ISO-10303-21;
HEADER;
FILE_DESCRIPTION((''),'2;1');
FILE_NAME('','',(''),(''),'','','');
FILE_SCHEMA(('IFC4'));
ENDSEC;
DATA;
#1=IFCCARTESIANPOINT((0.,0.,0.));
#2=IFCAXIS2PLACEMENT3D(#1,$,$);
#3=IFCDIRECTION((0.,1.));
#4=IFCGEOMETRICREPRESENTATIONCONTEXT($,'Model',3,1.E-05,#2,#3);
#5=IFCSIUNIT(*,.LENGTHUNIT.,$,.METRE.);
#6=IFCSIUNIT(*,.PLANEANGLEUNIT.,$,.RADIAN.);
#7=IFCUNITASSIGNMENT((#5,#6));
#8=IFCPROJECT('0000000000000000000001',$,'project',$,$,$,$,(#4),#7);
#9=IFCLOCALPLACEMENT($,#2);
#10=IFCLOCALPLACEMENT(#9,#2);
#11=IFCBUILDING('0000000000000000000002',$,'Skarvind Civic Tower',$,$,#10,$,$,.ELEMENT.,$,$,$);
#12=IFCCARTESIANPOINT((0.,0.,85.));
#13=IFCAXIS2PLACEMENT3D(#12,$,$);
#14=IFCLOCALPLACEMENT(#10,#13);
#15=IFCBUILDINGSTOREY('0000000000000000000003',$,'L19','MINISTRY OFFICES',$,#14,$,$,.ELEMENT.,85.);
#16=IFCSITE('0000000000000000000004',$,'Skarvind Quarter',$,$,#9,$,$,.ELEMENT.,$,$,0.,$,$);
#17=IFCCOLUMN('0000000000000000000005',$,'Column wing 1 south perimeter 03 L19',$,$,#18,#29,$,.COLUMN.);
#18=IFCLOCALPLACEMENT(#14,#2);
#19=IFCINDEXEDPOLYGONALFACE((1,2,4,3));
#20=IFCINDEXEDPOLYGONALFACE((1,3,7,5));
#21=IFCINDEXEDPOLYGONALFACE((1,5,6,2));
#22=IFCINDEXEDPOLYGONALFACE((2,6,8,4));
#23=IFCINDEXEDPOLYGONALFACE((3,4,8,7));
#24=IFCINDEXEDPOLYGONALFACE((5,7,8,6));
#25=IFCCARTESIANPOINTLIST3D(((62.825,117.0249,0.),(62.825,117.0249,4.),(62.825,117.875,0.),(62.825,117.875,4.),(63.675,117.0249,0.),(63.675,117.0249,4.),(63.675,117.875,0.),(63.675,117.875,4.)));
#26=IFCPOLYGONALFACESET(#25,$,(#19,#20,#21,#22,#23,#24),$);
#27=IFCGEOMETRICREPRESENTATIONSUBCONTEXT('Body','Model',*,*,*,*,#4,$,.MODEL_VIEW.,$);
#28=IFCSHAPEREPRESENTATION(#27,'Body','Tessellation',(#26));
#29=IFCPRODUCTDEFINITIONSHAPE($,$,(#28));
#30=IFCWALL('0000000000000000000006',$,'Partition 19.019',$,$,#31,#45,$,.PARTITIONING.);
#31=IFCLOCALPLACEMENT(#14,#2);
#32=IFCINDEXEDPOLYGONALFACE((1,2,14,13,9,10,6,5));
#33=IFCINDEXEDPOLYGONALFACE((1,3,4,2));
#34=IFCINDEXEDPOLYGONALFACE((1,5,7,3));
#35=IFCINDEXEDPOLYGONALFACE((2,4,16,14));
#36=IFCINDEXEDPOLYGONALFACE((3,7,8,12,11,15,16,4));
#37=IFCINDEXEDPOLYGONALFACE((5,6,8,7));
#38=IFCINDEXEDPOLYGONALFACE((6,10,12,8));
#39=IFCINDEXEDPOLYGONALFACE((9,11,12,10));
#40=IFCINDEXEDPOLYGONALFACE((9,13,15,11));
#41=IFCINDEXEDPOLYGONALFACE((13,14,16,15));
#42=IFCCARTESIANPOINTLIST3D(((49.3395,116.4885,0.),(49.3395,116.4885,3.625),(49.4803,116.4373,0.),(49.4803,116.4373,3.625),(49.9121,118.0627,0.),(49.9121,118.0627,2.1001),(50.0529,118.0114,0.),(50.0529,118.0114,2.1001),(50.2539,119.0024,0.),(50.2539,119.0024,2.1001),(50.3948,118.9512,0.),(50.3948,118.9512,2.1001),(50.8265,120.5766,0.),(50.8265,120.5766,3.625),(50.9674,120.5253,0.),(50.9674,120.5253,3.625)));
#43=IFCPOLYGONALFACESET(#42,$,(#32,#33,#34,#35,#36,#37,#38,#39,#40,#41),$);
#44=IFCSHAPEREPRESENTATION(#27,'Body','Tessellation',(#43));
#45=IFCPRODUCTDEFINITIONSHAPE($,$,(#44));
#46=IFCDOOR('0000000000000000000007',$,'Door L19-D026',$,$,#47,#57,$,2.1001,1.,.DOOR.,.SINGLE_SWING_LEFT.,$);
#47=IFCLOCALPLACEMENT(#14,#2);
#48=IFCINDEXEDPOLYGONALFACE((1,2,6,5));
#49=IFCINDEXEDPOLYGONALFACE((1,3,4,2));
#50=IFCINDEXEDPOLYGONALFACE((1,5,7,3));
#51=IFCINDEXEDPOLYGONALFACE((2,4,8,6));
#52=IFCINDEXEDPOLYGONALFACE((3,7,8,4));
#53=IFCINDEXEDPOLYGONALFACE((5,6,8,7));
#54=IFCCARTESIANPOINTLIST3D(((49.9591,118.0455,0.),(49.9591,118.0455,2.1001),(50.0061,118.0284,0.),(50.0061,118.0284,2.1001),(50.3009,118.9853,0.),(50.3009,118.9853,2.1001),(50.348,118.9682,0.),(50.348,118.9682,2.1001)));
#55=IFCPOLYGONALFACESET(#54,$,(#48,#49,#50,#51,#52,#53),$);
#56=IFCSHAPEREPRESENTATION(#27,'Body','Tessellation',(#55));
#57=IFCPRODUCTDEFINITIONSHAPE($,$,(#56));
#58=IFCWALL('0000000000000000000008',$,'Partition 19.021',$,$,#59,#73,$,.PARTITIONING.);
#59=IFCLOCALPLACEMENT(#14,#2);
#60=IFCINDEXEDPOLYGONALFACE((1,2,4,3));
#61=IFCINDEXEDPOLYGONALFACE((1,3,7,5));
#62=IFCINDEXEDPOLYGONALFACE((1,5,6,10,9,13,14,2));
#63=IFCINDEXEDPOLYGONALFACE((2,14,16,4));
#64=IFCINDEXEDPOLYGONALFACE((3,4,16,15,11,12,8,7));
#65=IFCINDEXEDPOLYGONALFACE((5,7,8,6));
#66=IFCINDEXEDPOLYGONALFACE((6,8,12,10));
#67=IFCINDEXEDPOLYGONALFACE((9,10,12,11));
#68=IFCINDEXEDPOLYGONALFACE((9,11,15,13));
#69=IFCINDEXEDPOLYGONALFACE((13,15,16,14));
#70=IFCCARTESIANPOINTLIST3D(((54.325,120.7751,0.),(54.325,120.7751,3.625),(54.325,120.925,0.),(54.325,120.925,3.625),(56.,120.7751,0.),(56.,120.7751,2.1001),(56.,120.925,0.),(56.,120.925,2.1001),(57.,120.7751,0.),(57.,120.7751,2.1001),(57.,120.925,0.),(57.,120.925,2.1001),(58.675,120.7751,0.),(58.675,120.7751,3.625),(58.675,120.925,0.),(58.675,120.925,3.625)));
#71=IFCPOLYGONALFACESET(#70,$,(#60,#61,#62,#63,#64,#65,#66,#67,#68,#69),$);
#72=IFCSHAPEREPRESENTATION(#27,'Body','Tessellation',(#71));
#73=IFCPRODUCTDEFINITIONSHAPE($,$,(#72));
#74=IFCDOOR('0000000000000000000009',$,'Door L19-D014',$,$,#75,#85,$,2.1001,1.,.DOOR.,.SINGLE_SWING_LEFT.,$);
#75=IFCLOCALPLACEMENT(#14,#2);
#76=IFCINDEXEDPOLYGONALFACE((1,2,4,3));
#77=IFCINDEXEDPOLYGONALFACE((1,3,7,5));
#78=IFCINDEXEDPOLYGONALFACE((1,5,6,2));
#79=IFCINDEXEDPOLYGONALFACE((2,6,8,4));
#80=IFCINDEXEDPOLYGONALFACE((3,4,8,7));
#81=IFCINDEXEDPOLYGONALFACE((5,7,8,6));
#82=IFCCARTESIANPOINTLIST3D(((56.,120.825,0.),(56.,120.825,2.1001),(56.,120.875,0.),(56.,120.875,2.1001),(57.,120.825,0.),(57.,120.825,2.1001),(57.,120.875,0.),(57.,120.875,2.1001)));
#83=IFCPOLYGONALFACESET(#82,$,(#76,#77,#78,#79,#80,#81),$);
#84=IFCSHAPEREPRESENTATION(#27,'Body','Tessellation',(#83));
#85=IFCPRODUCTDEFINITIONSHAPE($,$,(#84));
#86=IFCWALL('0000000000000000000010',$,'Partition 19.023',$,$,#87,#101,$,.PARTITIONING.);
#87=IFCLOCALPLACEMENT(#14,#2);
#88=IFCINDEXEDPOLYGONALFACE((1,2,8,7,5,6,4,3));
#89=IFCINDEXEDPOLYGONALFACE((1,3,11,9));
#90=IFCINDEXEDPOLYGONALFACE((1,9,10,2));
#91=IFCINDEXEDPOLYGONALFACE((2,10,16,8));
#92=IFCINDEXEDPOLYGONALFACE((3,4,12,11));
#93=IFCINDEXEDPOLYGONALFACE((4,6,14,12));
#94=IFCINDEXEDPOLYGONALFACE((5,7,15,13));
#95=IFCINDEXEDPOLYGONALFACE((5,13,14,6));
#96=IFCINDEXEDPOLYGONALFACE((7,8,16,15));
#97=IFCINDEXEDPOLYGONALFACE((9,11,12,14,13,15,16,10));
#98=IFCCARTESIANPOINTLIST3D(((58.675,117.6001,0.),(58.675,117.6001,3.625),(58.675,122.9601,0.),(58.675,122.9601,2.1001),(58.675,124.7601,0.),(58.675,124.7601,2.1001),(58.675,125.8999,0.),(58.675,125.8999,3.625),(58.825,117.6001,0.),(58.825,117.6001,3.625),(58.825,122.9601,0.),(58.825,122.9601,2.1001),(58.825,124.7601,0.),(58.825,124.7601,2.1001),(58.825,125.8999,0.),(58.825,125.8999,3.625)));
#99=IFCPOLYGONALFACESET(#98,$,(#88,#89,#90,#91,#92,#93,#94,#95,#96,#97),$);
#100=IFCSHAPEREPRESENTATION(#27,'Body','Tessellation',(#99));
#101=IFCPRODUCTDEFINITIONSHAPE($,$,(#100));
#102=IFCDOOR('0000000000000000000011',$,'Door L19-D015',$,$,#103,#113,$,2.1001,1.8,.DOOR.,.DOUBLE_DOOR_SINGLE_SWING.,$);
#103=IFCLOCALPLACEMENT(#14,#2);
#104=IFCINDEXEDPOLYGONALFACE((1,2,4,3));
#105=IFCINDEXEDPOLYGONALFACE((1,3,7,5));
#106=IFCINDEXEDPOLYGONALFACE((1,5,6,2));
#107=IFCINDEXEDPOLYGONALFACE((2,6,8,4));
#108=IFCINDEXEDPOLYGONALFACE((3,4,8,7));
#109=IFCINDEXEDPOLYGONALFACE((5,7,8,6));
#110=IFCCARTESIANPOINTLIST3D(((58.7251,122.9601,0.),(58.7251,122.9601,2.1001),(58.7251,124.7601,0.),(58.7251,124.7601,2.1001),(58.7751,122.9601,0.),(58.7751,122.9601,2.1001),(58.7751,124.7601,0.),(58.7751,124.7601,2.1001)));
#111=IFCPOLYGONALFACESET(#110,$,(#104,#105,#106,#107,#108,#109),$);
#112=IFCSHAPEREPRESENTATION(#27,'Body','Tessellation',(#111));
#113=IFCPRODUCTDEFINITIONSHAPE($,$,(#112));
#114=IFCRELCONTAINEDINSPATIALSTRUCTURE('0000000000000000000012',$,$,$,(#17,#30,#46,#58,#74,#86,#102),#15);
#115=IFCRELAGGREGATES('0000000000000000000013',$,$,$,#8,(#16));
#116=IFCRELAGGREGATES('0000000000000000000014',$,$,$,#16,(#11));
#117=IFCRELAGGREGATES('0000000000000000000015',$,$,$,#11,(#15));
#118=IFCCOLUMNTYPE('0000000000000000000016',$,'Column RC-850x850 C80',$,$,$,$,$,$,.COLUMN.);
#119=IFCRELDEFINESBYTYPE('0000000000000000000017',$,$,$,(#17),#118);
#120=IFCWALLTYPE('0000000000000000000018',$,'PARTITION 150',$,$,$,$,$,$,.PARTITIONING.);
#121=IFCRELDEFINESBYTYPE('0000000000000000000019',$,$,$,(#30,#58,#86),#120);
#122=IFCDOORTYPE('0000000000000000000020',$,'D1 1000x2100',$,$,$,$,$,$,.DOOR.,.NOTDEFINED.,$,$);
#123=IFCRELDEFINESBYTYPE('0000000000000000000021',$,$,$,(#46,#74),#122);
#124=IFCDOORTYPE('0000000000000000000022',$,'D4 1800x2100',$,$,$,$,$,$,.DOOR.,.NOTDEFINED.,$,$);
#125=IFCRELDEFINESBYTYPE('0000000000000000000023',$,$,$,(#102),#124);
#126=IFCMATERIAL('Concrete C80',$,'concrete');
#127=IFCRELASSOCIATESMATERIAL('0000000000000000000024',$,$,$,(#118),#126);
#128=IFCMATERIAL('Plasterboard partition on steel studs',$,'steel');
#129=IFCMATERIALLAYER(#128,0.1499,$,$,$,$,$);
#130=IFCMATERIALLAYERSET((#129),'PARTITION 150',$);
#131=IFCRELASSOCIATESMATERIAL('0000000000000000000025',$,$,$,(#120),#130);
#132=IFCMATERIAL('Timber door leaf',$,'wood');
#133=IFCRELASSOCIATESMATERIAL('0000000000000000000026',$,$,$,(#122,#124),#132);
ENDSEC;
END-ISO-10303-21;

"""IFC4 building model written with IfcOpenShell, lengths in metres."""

from ifc_helpers import new_model, si_unit, direction, frame, frame_2d, origin, origin_2d, place, context, subcontext, project, spatial, rectangle, extrude, material, layer, layer_set, material_profile, profile_set, type_object, element, fill, save


model = new_model("IFC4")

# Units and contexts
model_context = context("Model", 3, precision=1e-05, world=origin(), true_north=direction((0.0, 1.0)))
body_context = subcontext(model_context, "Body", "Model", "MODEL_VIEW")
ifc_project = project(units=[si_unit("LENGTHUNIT", "METRE"), si_unit("PLANEANGLEUNIT", "RADIAN")], contexts=[model_context])

# Site, building, storey
site_placement = place(None, origin())
site = spatial("IfcSite", under=ifc_project, at=site_placement, Name="Skarvind Quarter", CompositionType="ELEMENT", RefElevation=0.0)
building_placement = place(site_placement, origin())
building = spatial("IfcBuilding", under=site, at=building_placement, Name="Skarvind Civic Tower", CompositionType="ELEMENT")
storey_placement = place(building_placement, frame((0.0, 0.0, 85.0)))
storey = spatial("IfcBuildingStorey", under=building, at=storey_placement, Name="L19", Description="MINISTRY OFFICES", CompositionType="ELEMENT", Elevation=85.0)

# Column
ifc_material_1 = material(Name="Concrete C80", Category="concrete")
ifc_material_profile_1 = material_profile(ifc_material_1, rectangle(XDim=0.8501, YDim=0.8501, at=origin_2d()), Name="RC-850x850")
ifc_profile_set_1 = profile_set([ifc_material_profile_1], Name="Concrete C80")
column_type = type_object("IfcColumnType", Name="Column RC-850x850 C80", PredefinedType="COLUMN", material=ifc_profile_set_1)
column_placement = place(storey_placement, frame((63.25, 117.45, 0.0), z_axis=(0.0, 0.0, 1.0), x_axis=(1.0, 0.0, 0.0)))
element("IfcColumn", 1, at=column_placement, inside=storey, type_object=column_type, Name="Column wing 1 south perimeter 03 L19", PredefinedType="COLUMN", context=body_context, shape_type="SweptSolid", body=[
    extrude(rectangle(XDim=0.8501, YDim=0.8501, at=origin_2d()), origin(), (0.0, 0.0, 1.0), 4.0),
])

# Wall, opening, door
ifc_material_2 = material(Name="Plasterboard partition on steel studs", Category="steel")
ifc_layer_1 = layer(ifc_material_2, 0.1499)
ifc_layer_set_1 = layer_set([ifc_layer_1], Name="PARTITION 150")
wall_type_1 = type_object("IfcWallType", Name="PARTITION 150", PredefinedType="PARTITIONING", material=ifc_layer_set_1)
wall_1_placement = place(storey_placement, frame((49.4099, 116.4629, 0.0), z_axis=(0.0, 0.0, 1.0), x_axis=(0.341838, 0.939759, 0.0)))
wall_1 = element("IfcWall", 2, at=wall_1_placement, inside=storey, type_object=wall_type_1, Name="Partition 19.019", PredefinedType="PARTITIONING", context=body_context, shape_type="SweptSolid", body=[
    extrude(rectangle(XDim=4.3501, YDim=0.1499, at=frame_2d((2.175, 0.0))), origin(), (0.0, 0.0, 1.0), 3.625),
])
opening_1_placement = place(wall_1_placement, frame((1.675, 0.0, 0.0)))
opening_1 = element("IfcOpeningElement", 3, at=opening_1_placement, cuts=wall_1, PredefinedType="OPENING", context=body_context, shape_type="SweptSolid", body=[
    extrude(rectangle(XDim=1.0, YDim=2.1001, at=frame_2d((0.5, 1.05))), frame((0.0, 0.085, 0.0), z_axis=(0.0, -1.0, 0.0), x_axis=(1.0, 0.0, 0.0)), (0.0, 0.0, 1.0), 0.1699),
])
ifc_material_3 = material(Name="Timber door leaf", Category="wood")
door_type_1 = type_object("IfcDoorType", Name="D1 1000x2100", OperationType="NOTDEFINED", PredefinedType="DOOR", material=ifc_material_3)
door_1_placement = place(opening_1_placement, origin())
door_1 = element("IfcDoor", 4, at=door_1_placement, inside=storey, type_object=door_type_1, Name="Door L19-D026", OperationType="SINGLE_SWING_LEFT", OverallHeight=2.1001, OverallWidth=1.0, PredefinedType="DOOR", context=body_context, shape_type="SweptSolid", body=[
    extrude(rectangle(XDim=1.0, YDim=2.1001, at=frame_2d((0.5, 1.05))), frame((0.0, 0.0249, 0.0), z_axis=(0.0, -1.0, 0.0), x_axis=(1.0, 0.0, 0.0)), (0.0, 0.0, 1.0), 0.05),
])
fill(opening_1, door_1)

# Walls, openings, doors
wall_2_placement = place(storey_placement, frame((54.325, 120.8501, 0.0), z_axis=(0.0, 0.0, 1.0), x_axis=(1.0, 0.0, 0.0)))
wall_2 = element("IfcWall", 5, at=wall_2_placement, inside=storey, type_object=wall_type_1, Name="Partition 19.021", PredefinedType="PARTITIONING", context=body_context, shape_type="SweptSolid", body=[
    extrude(rectangle(XDim=4.3501, YDim=0.1499, at=frame_2d((2.175, 0.0))), origin(), (0.0, 0.0, 1.0), 3.625),
])
opening_2_placement = place(wall_2_placement, frame((1.675, 0.0, 0.0)))
opening_2 = element("IfcOpeningElement", 6, at=opening_2_placement, cuts=wall_2, PredefinedType="OPENING", context=body_context, shape_type="SweptSolid", body=[
    extrude(rectangle(XDim=1.0, YDim=2.1001, at=frame_2d((0.5, 1.05))), frame((0.0, 0.085, 0.0), z_axis=(0.0, -1.0, 0.0), x_axis=(1.0, 0.0, 0.0)), (0.0, 0.0, 1.0), 0.1699),
])
door_2_placement = place(opening_2_placement, origin())
door_2 = element("IfcDoor", 7, at=door_2_placement, inside=storey, type_object=door_type_1, Name="Door L19-D014", OperationType="SINGLE_SWING_LEFT", OverallHeight=2.1001, OverallWidth=1.0, PredefinedType="DOOR", context=body_context, shape_type="SweptSolid", body=[
    extrude(rectangle(XDim=1.0, YDim=2.1001, at=frame_2d((0.5, 1.05))), frame((0.0, 0.0249, 0.0), z_axis=(0.0, -1.0, 0.0), x_axis=(1.0, 0.0, 0.0)), (0.0, 0.0, 1.0), 0.05),
])
fill(opening_2, door_2)
wall_3_placement = place(storey_placement, frame((58.75, 117.6001, 0.0), z_axis=(0.0, 0.0, 1.0), x_axis=(0.0, 1.0, 0.0)))
wall_3 = element("IfcWall", 8, at=wall_3_placement, inside=storey, type_object=wall_type_1, Name="Partition 19.023", PredefinedType="PARTITIONING", context=body_context, shape_type="SweptSolid", body=[
    extrude(rectangle(XDim=8.2998, YDim=0.1499, at=frame_2d((4.1499, 0.0))), origin(), (0.0, 0.0, 1.0), 3.625),
])
opening_3_placement = place(wall_3_placement, frame((5.3601, 0.0, 0.0)))
opening_3 = element("IfcOpeningElement", 9, at=opening_3_placement, cuts=wall_3, PredefinedType="OPENING", context=body_context, shape_type="SweptSolid", body=[
    extrude(rectangle(XDim=1.8, YDim=2.1001, at=frame_2d((0.8999, 1.05))), frame((0.0, 0.085, 0.0), z_axis=(0.0, -1.0, 0.0), x_axis=(1.0, 0.0, 0.0)), (0.0, 0.0, 1.0), 0.1699),
])
door_type_2 = type_object("IfcDoorType", Name="D4 1800x2100", OperationType="NOTDEFINED", PredefinedType="DOOR", material=ifc_material_3)
door_3_placement = place(opening_3_placement, origin())
door_3 = element("IfcDoor", 10, at=door_3_placement, inside=storey, type_object=door_type_2, Name="Door L19-D015", OperationType="DOUBLE_DOOR_SINGLE_SWING", OverallHeight=2.1001, OverallWidth=1.8, PredefinedType="DOOR", context=body_context, shape_type="SweptSolid", body=[
    extrude(rectangle(XDim=1.8, YDim=2.1001, at=frame_2d((0.8999, 1.05))), frame((0.0, 0.0249, 0.0), z_axis=(0.0, -1.0, 0.0), x_axis=(1.0, 0.0, 0.0)), (0.0, 0.0, 1.0), 0.05),
])
fill(opening_3, door_3)

save(model, "model.ifc")
